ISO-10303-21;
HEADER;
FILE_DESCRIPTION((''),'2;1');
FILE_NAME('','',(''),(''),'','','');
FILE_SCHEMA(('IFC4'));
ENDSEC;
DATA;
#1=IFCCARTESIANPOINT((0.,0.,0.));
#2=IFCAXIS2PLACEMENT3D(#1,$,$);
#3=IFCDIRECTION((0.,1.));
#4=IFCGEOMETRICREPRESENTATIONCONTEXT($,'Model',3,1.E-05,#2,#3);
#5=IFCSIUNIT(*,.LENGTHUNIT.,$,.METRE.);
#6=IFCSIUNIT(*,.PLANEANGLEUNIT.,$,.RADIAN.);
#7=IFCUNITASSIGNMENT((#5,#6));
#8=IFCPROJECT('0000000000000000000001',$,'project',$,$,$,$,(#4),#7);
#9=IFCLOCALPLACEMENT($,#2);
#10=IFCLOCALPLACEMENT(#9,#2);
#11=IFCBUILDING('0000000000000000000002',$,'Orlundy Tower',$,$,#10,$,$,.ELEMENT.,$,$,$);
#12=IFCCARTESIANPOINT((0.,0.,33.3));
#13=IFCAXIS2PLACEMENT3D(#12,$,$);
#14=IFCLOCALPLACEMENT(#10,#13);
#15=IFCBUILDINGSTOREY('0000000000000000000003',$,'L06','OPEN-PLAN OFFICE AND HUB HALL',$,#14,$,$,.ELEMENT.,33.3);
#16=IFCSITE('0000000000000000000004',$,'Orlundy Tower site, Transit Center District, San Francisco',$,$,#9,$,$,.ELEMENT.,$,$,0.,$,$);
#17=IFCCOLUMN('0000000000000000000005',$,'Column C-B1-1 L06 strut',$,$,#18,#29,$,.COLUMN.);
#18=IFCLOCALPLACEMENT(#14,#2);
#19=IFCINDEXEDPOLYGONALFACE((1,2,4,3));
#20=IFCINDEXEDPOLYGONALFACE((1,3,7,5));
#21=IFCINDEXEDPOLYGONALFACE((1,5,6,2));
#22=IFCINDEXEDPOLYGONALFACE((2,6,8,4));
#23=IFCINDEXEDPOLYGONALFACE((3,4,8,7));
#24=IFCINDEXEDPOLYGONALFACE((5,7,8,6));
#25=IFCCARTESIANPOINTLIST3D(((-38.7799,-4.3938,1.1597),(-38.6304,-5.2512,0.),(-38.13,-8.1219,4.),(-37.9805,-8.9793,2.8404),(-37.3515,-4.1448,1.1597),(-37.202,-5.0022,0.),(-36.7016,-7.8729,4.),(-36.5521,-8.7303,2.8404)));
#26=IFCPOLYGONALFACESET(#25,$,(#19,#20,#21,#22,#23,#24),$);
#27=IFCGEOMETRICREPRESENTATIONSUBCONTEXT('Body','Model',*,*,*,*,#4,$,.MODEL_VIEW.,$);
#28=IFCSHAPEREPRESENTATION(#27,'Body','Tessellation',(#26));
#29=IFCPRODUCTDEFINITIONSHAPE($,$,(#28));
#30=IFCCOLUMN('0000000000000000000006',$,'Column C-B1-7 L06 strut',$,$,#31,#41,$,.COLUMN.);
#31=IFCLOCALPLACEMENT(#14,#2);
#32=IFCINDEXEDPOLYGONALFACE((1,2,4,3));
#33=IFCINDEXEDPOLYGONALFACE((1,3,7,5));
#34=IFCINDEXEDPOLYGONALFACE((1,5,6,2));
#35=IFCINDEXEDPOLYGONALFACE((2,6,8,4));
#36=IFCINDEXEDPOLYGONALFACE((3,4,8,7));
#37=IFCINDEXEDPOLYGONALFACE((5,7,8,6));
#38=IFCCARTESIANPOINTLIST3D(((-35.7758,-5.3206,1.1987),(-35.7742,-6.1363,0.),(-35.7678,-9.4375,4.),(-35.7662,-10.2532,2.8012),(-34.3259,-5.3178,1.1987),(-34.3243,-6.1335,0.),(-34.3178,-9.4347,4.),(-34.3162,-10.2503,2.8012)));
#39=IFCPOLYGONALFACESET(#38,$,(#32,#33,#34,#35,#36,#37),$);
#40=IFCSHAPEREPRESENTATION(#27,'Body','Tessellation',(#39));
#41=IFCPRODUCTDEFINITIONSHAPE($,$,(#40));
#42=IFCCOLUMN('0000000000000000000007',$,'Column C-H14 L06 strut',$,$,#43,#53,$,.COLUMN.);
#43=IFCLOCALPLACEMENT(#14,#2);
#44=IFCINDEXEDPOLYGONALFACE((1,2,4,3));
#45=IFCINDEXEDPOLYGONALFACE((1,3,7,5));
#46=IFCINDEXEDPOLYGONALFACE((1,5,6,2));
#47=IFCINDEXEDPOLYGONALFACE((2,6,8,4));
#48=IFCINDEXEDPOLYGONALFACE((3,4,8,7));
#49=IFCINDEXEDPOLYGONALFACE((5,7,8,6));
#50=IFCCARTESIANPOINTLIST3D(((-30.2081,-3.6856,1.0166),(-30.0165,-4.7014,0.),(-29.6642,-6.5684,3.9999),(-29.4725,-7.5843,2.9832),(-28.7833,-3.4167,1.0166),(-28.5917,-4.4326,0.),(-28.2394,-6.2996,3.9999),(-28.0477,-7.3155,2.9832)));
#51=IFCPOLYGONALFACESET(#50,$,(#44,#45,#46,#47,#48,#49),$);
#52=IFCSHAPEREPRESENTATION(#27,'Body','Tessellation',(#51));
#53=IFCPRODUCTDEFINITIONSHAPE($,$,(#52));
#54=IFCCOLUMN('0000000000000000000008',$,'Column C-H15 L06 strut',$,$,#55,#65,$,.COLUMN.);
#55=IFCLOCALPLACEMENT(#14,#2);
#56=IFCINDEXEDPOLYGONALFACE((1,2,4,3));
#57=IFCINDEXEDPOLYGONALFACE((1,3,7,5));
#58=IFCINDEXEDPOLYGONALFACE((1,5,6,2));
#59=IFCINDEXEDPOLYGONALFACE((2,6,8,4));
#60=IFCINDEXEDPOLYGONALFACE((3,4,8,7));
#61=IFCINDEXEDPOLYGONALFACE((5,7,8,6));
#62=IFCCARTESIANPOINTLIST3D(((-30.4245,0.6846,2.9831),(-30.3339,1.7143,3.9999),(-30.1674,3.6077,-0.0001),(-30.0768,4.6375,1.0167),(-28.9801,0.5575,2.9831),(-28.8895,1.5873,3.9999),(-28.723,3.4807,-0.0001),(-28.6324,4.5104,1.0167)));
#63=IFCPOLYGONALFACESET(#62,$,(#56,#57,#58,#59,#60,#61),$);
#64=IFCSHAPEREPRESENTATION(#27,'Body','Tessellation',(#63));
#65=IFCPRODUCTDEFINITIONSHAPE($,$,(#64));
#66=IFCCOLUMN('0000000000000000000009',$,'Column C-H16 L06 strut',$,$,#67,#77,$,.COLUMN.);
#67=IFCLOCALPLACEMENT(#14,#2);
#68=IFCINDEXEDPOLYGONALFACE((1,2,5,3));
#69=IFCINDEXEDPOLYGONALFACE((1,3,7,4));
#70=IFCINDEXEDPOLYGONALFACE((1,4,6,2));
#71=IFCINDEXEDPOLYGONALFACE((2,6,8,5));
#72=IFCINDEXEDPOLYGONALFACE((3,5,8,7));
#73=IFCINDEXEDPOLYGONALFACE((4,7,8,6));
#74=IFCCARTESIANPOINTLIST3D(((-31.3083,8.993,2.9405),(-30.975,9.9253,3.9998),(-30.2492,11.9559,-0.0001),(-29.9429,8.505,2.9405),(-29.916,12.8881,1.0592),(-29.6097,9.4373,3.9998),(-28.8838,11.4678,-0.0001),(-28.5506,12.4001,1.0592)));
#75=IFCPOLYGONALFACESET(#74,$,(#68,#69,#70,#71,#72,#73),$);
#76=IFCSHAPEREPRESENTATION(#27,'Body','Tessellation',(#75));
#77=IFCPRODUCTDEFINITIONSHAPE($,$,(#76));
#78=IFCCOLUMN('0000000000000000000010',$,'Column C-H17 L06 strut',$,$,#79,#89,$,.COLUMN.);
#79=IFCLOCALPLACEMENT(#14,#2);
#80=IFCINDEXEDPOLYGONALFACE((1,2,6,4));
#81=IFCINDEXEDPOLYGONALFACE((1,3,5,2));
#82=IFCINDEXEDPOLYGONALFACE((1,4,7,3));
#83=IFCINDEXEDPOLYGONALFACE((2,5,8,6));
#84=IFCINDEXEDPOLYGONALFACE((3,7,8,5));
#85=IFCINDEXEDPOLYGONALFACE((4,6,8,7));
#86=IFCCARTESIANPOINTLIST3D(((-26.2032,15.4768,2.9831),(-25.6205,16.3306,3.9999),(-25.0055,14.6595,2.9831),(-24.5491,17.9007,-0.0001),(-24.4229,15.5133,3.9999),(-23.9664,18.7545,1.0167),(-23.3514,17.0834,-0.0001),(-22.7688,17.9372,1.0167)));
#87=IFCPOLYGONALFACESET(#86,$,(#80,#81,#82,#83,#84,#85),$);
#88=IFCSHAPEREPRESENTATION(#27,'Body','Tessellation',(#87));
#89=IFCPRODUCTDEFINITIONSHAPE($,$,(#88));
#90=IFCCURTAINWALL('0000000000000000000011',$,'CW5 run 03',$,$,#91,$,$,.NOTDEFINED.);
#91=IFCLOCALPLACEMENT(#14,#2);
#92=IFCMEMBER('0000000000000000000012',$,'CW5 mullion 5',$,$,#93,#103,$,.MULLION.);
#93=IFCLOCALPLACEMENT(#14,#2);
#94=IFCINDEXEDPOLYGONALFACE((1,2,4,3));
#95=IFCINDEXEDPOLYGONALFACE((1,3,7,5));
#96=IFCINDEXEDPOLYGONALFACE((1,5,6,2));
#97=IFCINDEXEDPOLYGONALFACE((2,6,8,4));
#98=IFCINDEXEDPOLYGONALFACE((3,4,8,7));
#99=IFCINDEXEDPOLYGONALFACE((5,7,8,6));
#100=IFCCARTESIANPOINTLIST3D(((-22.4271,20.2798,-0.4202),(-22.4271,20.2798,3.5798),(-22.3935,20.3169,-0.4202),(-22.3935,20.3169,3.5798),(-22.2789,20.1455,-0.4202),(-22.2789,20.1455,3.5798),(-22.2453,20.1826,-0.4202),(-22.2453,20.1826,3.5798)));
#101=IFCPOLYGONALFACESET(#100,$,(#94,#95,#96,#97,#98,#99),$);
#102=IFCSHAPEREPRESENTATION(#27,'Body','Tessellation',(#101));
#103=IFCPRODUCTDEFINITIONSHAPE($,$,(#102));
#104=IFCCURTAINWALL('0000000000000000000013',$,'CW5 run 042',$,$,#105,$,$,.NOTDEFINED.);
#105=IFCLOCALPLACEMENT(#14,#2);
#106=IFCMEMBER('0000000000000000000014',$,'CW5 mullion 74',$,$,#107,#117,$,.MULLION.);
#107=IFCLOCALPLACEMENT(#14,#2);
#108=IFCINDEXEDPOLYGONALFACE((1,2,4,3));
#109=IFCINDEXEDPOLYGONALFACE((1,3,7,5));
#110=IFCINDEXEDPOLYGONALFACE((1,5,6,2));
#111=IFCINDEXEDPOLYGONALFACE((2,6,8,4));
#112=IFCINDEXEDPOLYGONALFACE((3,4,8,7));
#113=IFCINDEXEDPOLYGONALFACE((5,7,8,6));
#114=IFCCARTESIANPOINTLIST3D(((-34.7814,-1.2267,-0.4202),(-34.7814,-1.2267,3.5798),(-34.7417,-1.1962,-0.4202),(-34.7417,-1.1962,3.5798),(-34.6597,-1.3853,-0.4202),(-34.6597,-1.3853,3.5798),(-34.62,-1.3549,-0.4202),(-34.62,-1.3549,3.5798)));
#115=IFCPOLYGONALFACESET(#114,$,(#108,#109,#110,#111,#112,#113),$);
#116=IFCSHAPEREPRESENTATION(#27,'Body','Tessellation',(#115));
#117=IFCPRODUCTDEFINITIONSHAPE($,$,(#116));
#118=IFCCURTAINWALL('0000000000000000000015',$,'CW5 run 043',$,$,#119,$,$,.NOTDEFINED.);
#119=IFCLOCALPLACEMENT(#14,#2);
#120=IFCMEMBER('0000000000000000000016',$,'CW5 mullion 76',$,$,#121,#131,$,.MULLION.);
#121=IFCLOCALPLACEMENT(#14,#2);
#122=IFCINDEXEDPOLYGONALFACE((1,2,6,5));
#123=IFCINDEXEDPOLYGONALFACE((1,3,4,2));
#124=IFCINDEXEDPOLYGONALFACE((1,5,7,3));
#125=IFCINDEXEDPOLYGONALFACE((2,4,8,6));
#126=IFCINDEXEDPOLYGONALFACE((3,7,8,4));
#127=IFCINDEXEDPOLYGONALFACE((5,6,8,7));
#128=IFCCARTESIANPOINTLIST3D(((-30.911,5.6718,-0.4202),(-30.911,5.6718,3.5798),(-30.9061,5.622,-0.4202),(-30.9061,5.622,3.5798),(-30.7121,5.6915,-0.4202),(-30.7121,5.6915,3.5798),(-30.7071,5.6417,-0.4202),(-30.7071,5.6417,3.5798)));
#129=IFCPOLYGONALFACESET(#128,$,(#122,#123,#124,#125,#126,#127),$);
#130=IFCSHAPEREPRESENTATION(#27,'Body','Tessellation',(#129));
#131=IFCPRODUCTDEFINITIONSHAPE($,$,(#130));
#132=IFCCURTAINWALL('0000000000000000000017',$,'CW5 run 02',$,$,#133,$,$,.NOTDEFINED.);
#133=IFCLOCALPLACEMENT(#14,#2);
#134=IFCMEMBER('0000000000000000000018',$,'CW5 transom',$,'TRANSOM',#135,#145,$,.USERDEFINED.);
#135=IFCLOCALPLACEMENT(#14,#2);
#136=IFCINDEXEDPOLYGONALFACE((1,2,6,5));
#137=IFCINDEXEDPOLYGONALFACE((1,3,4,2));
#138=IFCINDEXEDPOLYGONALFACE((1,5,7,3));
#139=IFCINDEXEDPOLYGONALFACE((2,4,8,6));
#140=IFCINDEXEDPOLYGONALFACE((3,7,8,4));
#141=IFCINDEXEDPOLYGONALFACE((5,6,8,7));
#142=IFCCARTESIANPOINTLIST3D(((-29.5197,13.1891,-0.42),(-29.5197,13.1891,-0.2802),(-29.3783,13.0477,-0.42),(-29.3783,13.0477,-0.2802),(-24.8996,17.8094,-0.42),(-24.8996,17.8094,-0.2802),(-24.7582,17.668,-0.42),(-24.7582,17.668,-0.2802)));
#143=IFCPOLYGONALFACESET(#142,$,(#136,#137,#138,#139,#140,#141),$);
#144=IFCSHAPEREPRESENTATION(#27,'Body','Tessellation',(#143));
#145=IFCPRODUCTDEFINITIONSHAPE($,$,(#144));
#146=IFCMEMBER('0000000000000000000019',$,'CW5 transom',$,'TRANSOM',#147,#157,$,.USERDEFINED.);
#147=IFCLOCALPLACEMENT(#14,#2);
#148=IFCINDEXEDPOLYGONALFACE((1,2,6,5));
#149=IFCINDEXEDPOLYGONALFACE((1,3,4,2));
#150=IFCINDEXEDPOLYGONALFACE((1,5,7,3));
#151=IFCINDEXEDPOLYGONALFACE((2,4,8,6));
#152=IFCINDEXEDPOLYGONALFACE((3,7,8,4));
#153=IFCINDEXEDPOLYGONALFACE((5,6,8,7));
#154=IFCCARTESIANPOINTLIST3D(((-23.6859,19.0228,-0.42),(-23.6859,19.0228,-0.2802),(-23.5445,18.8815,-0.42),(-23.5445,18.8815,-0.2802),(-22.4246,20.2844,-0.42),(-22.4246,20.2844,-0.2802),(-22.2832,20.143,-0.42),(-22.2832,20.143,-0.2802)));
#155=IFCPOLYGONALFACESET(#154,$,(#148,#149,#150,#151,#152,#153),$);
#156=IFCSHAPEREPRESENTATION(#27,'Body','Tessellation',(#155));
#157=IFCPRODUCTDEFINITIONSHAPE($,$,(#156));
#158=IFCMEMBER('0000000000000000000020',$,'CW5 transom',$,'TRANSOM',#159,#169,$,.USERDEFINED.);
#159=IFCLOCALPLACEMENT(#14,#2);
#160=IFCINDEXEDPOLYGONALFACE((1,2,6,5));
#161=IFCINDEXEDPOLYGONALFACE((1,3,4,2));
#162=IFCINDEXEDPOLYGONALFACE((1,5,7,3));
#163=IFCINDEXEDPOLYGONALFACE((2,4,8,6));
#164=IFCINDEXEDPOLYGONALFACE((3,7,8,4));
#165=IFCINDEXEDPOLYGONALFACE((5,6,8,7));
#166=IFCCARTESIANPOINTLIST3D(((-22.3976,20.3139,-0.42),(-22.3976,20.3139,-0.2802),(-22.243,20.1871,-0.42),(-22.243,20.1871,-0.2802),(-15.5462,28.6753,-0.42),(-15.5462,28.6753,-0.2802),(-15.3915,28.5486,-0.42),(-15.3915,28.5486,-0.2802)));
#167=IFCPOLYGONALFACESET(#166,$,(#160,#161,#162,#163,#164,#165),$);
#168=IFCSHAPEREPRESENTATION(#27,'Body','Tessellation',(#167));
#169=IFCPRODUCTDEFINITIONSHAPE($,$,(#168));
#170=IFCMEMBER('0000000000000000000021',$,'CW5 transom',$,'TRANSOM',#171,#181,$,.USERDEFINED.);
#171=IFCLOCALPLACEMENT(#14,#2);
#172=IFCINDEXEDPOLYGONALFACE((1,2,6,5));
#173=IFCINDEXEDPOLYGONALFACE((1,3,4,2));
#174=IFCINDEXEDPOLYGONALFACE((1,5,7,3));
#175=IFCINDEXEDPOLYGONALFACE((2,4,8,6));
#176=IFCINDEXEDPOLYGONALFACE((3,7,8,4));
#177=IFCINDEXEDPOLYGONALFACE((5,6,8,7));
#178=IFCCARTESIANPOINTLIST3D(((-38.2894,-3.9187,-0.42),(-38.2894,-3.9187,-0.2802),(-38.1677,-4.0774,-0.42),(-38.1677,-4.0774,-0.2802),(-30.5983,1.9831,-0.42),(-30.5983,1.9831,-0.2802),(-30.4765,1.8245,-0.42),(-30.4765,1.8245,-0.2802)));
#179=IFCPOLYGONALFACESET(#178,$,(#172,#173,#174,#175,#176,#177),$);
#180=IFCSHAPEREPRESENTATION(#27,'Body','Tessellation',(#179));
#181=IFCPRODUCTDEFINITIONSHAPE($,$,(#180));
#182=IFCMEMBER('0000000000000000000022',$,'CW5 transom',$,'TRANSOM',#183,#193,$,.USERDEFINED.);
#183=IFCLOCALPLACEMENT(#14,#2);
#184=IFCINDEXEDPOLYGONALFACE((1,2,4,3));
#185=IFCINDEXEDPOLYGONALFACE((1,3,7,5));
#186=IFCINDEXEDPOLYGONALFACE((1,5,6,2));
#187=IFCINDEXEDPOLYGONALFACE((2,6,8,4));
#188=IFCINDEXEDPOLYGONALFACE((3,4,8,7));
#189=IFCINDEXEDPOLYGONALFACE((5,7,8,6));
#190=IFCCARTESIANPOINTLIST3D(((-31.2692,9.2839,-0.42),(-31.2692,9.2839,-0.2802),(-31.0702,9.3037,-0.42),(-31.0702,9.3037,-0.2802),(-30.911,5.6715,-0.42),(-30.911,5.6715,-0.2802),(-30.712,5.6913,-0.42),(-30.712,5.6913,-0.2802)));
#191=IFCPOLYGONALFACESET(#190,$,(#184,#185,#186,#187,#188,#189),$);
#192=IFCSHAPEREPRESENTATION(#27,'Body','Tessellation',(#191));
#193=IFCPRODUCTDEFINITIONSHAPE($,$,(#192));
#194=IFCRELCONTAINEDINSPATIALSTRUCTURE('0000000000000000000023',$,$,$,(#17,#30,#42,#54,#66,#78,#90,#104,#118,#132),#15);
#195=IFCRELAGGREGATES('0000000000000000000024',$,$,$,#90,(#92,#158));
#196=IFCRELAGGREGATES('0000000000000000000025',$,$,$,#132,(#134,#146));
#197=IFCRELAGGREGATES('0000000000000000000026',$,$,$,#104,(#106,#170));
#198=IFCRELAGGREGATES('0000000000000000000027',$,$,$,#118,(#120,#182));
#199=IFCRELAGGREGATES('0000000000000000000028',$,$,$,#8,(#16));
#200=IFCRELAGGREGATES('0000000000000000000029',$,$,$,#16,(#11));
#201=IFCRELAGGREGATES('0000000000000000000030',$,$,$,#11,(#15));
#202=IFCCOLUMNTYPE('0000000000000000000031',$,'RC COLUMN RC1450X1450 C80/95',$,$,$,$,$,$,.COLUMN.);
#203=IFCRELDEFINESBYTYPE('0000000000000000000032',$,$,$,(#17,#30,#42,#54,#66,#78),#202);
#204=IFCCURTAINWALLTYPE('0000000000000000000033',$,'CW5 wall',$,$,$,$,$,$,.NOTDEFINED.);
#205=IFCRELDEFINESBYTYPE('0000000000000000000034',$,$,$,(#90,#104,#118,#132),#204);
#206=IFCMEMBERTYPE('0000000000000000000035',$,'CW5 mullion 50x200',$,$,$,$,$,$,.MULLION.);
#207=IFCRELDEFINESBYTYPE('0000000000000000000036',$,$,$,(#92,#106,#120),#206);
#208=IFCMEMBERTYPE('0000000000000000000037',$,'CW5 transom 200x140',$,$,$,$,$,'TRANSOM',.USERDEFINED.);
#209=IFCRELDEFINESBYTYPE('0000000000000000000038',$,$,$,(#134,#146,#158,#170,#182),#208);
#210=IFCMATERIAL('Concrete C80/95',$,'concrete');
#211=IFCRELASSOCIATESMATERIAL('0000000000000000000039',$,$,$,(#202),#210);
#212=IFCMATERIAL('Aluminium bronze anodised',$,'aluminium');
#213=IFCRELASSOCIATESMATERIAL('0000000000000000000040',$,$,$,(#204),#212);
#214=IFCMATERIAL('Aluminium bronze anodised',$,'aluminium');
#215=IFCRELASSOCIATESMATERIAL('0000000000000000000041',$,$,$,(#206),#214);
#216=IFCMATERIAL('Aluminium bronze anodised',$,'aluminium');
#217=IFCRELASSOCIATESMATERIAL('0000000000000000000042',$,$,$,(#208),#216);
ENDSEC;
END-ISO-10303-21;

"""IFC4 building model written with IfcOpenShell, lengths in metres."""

from ifc_helpers import new_model, si_unit, direction, frame, origin, origin_2d, place, context, subcontext, project, spatial, rectangle, extrude, material, material_profile, profile_set, type_object, element, aggregate, save


model = new_model("IFC4")

# Units and contexts
model_context = context("Model", 3, precision=1e-05, world=origin(), true_north=direction((0.0, 1.0)))
body_context = subcontext(model_context, "Body", "Model", "MODEL_VIEW")
ifc_project = project(units=[si_unit("LENGTHUNIT", "METRE"), si_unit("PLANEANGLEUNIT", "RADIAN")], contexts=[model_context])

# Site, building, storey
site_placement = place(None, origin())
site = spatial("IfcSite", under=ifc_project, at=site_placement, Name="Orlundy Tower site, Transit Center District, San Francisco", CompositionType="ELEMENT", RefElevation=0.0)
building_placement = place(site_placement, origin())
building = spatial("IfcBuilding", under=site, at=building_placement, Name="Orlundy Tower", CompositionType="ELEMENT")
storey_placement = place(building_placement, frame((0.0, 0.0, 33.3)))
storey = spatial("IfcBuildingStorey", under=building, at=storey_placement, Name="L06", Description="OPEN-PLAN OFFICE AND HUB HALL", CompositionType="ELEMENT", Elevation=33.3)

# Columns
ifc_material_1 = material(Name="Concrete C80/95", Category="concrete")
ifc_material_profile_1 = material_profile(ifc_material_1, rectangle(XDim=1.45, YDim=1.45, at=origin_2d()), Name="RC1450X1450")
ifc_profile_set_1 = profile_set([ifc_material_profile_1], Name="Concrete C80/95")
column_type = type_object("IfcColumnType", Name="RC COLUMN RC1450X1450 C80/95", PredefinedType="COLUMN", material=ifc_profile_set_1)
column_1_placement = place(storey_placement, frame((-37.991, -4.698, 0.5798), z_axis=(0.137354, -0.7879, 0.60029), x_axis=(0.985143, 0.171739, 0.0)))
element("IfcColumn", 1, at=column_1_placement, inside=storey, type_object=column_type, Name="Column C-B1-1 L06 strut", PredefinedType="COLUMN", context=body_context, shape_type="SweptSolid", body=[
    extrude(rectangle(XDim=1.45, YDim=1.45, at=origin_2d()), origin(), (0.0, 0.0, 1.0), 4.7317),
])
column_2_placement = place(storey_placement, frame((-35.05, -5.7271, 0.5994), z_axis=(0.001618, -0.826762, 0.562549), x_axis=(0.999998, 0.001957, 0.0)))
element("IfcColumn", 2, at=column_2_placement, inside=storey, type_object=column_type, Name="Column C-B1-7 L06 strut", PredefinedType="COLUMN", context=body_context, shape_type="SweptSolid", body=[
    extrude(rectangle(XDim=1.45, YDim=1.45, at=origin_2d()), origin(), (0.0, 0.0, 1.0), 4.9795),
])
column_3_placement = place(storey_placement, frame((-29.3999, -4.0591, 0.5083), z_axis=(0.130007, -0.689012, 0.712994), x_axis=(0.982661, 0.185414, 0.0)))
element("IfcColumn", 3, at=column_3_placement, inside=storey, type_object=column_type, Name="Column C-H14 L06 strut", PredefinedType="COLUMN", context=body_context, shape_type="SweptSolid", body=[
    extrude(rectangle(XDim=1.45, YDim=1.45, at=origin_2d()), origin(), (0.0, 0.0, 1.0), 4.1841),
])
column_4_placement = place(storey_placement, frame((-29.3999, 4.0591, 0.5083), z_axis=(-0.061437, -0.698558, 0.712911), x_axis=(0.996155, -0.08761, 0.0)))
element("IfcColumn", 4, at=column_4_placement, inside=storey, type_object=column_type, Name="Column C-H15 L06 strut", PredefinedType="COLUMN", context=body_context, shape_type="SweptSolid", body=[
    extrude(rectangle(XDim=1.45, YDim=1.45, at=origin_2d()), origin(), (0.0, 0.0, 1.0), 4.1846),
])
column_5_placement = place(storey_placement, frame((-29.3999, 12.178, 0.5295), z_axis=(-0.245913, -0.687967, 0.682809), x_axis=(0.941651, -0.336592, 0.0)))
element("IfcColumn", 5, at=column_5_placement, inside=storey, type_object=column_type, Name="Column C-H16 L06 strut", PredefinedType="COLUMN", context=body_context, shape_type="SweptSolid", body=[
    extrude(rectangle(XDim=1.45, YDim=1.45, at=origin_2d()), origin(), (0.0, 0.0, 1.0), 4.3066),
])
column_6_placement = place(storey_placement, frame((-23.6589, 17.9189, 0.5083), z_axis=(-0.395281, -0.57924, 0.712906), x_axis=(0.825998, -0.563672, 0.0)))
element("IfcColumn", 6, at=column_6_placement, inside=storey, type_object=column_type, Name="Column C-H17 L06 strut", PredefinedType="COLUMN", context=body_context, shape_type="SweptSolid", body=[
    extrude(rectangle(XDim=1.45, YDim=1.45, at=origin_2d()), origin(), (0.0, 0.0, 1.0), 4.1846),
])

# Curtain walls, members
ifc_material_2 = material(Name="Aluminium bronze anodised", Category="aluminium")
curtain_wall_type = type_object("IfcCurtainWallType", Name="CW5 wall", PredefinedType="NOTDEFINED", material=ifc_material_2)
curtain_wall_1_placement = place(storey_placement, origin())
curtain_wall_1 = element("IfcCurtainWall", 7, at=curtain_wall_1_placement, inside=storey, type_object=curtain_wall_type, Name="CW5 run 03", PredefinedType="NOTDEFINED")
ifc_material_3 = material(Name="Aluminium bronze anodised", Category="aluminium")
ifc_material_profile_2 = material_profile(ifc_material_3, rectangle(XDim=0.2, YDim=0.05, at=origin_2d()), Name="CW5 mullion 50x200")
ifc_profile_set_2 = profile_set([ifc_material_profile_2], Name="Aluminium bronze anodised")
member_type_1 = type_object("IfcMemberType", Name="CW5 mullion 50x200", PredefinedType="MULLION", material=ifc_profile_set_2)
member_1_placement = place(storey_placement, frame((-22.3362, 20.2312, -0.4202), z_axis=(0.0, 0.0, 1.0), x_axis=(-0.741202, 0.671282, 0.0)))
member_1 = element("IfcMember", 8, at=member_1_placement, type_object=member_type_1, Name="CW5 mullion 5", PredefinedType="MULLION", context=body_context, shape_type="SweptSolid", body=[
    extrude(rectangle(XDim=0.2, YDim=0.05, at=origin_2d()), origin(), (0.0, 0.0, 1.0), 4.0),
])
curtain_wall_2_placement = place(storey_placement, origin())
curtain_wall_2 = element("IfcCurtainWall", 9, at=curtain_wall_2_placement, inside=storey, type_object=curtain_wall_type, Name="CW5 run 042", PredefinedType="NOTDEFINED")
member_2_placement = place(storey_placement, frame((-34.7007, -1.2908, -0.4202), z_axis=(0.0, 0.0, 1.0), x_axis=(-0.608771, 0.793346, 0.0)))
member_2 = element("IfcMember", 10, at=member_2_placement, type_object=member_type_1, Name="CW5 mullion 74", PredefinedType="MULLION", context=body_context, shape_type="SweptSolid", body=[
    extrude(rectangle(XDim=0.2, YDim=0.05, at=origin_2d()), origin(), (0.0, 0.0, 1.0), 4.0),
])
curtain_wall_3_placement = place(storey_placement, origin())
curtain_wall_3 = element("IfcCurtainWall", 11, at=curtain_wall_3_placement, inside=storey, type_object=curtain_wall_type, Name="CW5 run 043", PredefinedType="NOTDEFINED")
member_3_placement = place(storey_placement, frame((-30.8091, 5.6567, -0.4202), z_axis=(0.0, 0.0, 1.0), x_axis=(-0.99512, -0.098673, 0.0)))
member_3 = element("IfcMember", 12, at=member_3_placement, type_object=member_type_1, Name="CW5 mullion 76", PredefinedType="MULLION", context=body_context, shape_type="SweptSolid", body=[
    extrude(rectangle(XDim=0.2, YDim=0.05, at=origin_2d()), origin(), (0.0, 0.0, 1.0), 4.0),
])

# Curtain wall, members
curtain_wall_4_placement = place(storey_placement, origin())
curtain_wall_4 = element("IfcCurtainWall", 13, at=curtain_wall_4_placement, inside=storey, type_object=curtain_wall_type, Name="CW5 run 02", PredefinedType="NOTDEFINED")
ifc_material_4 = material(Name="Aluminium bronze anodised", Category="aluminium")
ifc_material_profile_3 = material_profile(ifc_material_4, rectangle(XDim=0.2, YDim=0.1399, at=origin_2d()), Name="CW5 transom 200x140")
ifc_profile_set_3 = profile_set([ifc_material_profile_3], Name="Aluminium bronze anodised")
member_type_2 = type_object("IfcMemberType", Name="CW5 transom 200x140", ElementType="TRANSOM", PredefinedType="USERDEFINED", material=ifc_profile_set_3)
member_4_placement = place(storey_placement, frame((-29.449, 13.1184, -0.3501), z_axis=(0.707088, 0.707125, 0.0), x_axis=(-0.707125, 0.707088, 0.0)))
member_4 = element("IfcMember", 14, at=member_4_placement, type_object=member_type_2, Name="CW5 transom", ObjectType="TRANSOM", PredefinedType="USERDEFINED", context=body_context, shape_type="SweptSolid", body=[
    extrude(rectangle(XDim=0.2, YDim=0.1399, at=origin_2d()), origin(), (0.0, 0.0, 1.0), 6.5339),
])
member_5_placement = place(storey_placement, frame((-23.6152, 18.9521, -0.3501), z_axis=(0.707038, 0.707175, 0.0), x_axis=(-0.707175, 0.707038, 0.0)))
member_5 = element("IfcMember", 15, at=member_5_placement, type_object=member_type_2, Name="CW5 transom", ObjectType="TRANSOM", PredefinedType="USERDEFINED", context=body_context, shape_type="SweptSolid", body=[
    extrude(rectangle(XDim=0.2, YDim=0.1399, at=origin_2d()), origin(), (0.0, 0.0, 1.0), 1.7839),
])

# Members
member_6_placement = place(storey_placement, frame((-22.3203, 20.2505, -0.3501), z_axis=(0.633807, 0.773491, 0.0), x_axis=(-0.773491, 0.633807, 0.0)))
member_6 = element("IfcMember", 16, at=member_6_placement, type_object=member_type_2, Name="CW5 transom", ObjectType="TRANSOM", PredefinedType="USERDEFINED", context=body_context, shape_type="SweptSolid", body=[
    extrude(rectangle(XDim=0.2, YDim=0.1399, at=origin_2d()), origin(), (0.0, 0.0, 1.0), 10.8101),
])
member_7_placement = place(storey_placement, frame((-38.2285, -3.998, -0.3501), z_axis=(0.793342, 0.608776, 0.0), x_axis=(-0.608776, 0.793342, 0.0)))
member_7 = element("IfcMember", 17, at=member_7_placement, type_object=member_type_2, Name="CW5 transom", ObjectType="TRANSOM", PredefinedType="USERDEFINED", context=body_context, shape_type="SweptSolid", body=[
    extrude(rectangle(XDim=0.2, YDim=0.1399, at=origin_2d()), origin(), (0.0, 0.0, 1.0), 9.6946),
])
member_8_placement = place(storey_placement, frame((-30.8115, 5.6814, -0.3501), z_axis=(-0.098665, 0.995121, 0.0), x_axis=(-0.995121, -0.098665, 0.0)))
member_8 = element("IfcMember", 18, at=member_8_placement, type_object=member_type_2, Name="CW5 transom", ObjectType="TRANSOM", PredefinedType="USERDEFINED", context=body_context, shape_type="SweptSolid", body=[
    extrude(rectangle(XDim=0.2, YDim=0.1399, at=origin_2d()), origin(), (0.0, 0.0, 1.0), 3.6301),
])

aggregate(curtain_wall_1, [member_1, member_6])
aggregate(curtain_wall_4, [member_4, member_5])
aggregate(curtain_wall_2, [member_2, member_7])
aggregate(curtain_wall_3, [member_3, member_8])

save(model, "model.ifc")
